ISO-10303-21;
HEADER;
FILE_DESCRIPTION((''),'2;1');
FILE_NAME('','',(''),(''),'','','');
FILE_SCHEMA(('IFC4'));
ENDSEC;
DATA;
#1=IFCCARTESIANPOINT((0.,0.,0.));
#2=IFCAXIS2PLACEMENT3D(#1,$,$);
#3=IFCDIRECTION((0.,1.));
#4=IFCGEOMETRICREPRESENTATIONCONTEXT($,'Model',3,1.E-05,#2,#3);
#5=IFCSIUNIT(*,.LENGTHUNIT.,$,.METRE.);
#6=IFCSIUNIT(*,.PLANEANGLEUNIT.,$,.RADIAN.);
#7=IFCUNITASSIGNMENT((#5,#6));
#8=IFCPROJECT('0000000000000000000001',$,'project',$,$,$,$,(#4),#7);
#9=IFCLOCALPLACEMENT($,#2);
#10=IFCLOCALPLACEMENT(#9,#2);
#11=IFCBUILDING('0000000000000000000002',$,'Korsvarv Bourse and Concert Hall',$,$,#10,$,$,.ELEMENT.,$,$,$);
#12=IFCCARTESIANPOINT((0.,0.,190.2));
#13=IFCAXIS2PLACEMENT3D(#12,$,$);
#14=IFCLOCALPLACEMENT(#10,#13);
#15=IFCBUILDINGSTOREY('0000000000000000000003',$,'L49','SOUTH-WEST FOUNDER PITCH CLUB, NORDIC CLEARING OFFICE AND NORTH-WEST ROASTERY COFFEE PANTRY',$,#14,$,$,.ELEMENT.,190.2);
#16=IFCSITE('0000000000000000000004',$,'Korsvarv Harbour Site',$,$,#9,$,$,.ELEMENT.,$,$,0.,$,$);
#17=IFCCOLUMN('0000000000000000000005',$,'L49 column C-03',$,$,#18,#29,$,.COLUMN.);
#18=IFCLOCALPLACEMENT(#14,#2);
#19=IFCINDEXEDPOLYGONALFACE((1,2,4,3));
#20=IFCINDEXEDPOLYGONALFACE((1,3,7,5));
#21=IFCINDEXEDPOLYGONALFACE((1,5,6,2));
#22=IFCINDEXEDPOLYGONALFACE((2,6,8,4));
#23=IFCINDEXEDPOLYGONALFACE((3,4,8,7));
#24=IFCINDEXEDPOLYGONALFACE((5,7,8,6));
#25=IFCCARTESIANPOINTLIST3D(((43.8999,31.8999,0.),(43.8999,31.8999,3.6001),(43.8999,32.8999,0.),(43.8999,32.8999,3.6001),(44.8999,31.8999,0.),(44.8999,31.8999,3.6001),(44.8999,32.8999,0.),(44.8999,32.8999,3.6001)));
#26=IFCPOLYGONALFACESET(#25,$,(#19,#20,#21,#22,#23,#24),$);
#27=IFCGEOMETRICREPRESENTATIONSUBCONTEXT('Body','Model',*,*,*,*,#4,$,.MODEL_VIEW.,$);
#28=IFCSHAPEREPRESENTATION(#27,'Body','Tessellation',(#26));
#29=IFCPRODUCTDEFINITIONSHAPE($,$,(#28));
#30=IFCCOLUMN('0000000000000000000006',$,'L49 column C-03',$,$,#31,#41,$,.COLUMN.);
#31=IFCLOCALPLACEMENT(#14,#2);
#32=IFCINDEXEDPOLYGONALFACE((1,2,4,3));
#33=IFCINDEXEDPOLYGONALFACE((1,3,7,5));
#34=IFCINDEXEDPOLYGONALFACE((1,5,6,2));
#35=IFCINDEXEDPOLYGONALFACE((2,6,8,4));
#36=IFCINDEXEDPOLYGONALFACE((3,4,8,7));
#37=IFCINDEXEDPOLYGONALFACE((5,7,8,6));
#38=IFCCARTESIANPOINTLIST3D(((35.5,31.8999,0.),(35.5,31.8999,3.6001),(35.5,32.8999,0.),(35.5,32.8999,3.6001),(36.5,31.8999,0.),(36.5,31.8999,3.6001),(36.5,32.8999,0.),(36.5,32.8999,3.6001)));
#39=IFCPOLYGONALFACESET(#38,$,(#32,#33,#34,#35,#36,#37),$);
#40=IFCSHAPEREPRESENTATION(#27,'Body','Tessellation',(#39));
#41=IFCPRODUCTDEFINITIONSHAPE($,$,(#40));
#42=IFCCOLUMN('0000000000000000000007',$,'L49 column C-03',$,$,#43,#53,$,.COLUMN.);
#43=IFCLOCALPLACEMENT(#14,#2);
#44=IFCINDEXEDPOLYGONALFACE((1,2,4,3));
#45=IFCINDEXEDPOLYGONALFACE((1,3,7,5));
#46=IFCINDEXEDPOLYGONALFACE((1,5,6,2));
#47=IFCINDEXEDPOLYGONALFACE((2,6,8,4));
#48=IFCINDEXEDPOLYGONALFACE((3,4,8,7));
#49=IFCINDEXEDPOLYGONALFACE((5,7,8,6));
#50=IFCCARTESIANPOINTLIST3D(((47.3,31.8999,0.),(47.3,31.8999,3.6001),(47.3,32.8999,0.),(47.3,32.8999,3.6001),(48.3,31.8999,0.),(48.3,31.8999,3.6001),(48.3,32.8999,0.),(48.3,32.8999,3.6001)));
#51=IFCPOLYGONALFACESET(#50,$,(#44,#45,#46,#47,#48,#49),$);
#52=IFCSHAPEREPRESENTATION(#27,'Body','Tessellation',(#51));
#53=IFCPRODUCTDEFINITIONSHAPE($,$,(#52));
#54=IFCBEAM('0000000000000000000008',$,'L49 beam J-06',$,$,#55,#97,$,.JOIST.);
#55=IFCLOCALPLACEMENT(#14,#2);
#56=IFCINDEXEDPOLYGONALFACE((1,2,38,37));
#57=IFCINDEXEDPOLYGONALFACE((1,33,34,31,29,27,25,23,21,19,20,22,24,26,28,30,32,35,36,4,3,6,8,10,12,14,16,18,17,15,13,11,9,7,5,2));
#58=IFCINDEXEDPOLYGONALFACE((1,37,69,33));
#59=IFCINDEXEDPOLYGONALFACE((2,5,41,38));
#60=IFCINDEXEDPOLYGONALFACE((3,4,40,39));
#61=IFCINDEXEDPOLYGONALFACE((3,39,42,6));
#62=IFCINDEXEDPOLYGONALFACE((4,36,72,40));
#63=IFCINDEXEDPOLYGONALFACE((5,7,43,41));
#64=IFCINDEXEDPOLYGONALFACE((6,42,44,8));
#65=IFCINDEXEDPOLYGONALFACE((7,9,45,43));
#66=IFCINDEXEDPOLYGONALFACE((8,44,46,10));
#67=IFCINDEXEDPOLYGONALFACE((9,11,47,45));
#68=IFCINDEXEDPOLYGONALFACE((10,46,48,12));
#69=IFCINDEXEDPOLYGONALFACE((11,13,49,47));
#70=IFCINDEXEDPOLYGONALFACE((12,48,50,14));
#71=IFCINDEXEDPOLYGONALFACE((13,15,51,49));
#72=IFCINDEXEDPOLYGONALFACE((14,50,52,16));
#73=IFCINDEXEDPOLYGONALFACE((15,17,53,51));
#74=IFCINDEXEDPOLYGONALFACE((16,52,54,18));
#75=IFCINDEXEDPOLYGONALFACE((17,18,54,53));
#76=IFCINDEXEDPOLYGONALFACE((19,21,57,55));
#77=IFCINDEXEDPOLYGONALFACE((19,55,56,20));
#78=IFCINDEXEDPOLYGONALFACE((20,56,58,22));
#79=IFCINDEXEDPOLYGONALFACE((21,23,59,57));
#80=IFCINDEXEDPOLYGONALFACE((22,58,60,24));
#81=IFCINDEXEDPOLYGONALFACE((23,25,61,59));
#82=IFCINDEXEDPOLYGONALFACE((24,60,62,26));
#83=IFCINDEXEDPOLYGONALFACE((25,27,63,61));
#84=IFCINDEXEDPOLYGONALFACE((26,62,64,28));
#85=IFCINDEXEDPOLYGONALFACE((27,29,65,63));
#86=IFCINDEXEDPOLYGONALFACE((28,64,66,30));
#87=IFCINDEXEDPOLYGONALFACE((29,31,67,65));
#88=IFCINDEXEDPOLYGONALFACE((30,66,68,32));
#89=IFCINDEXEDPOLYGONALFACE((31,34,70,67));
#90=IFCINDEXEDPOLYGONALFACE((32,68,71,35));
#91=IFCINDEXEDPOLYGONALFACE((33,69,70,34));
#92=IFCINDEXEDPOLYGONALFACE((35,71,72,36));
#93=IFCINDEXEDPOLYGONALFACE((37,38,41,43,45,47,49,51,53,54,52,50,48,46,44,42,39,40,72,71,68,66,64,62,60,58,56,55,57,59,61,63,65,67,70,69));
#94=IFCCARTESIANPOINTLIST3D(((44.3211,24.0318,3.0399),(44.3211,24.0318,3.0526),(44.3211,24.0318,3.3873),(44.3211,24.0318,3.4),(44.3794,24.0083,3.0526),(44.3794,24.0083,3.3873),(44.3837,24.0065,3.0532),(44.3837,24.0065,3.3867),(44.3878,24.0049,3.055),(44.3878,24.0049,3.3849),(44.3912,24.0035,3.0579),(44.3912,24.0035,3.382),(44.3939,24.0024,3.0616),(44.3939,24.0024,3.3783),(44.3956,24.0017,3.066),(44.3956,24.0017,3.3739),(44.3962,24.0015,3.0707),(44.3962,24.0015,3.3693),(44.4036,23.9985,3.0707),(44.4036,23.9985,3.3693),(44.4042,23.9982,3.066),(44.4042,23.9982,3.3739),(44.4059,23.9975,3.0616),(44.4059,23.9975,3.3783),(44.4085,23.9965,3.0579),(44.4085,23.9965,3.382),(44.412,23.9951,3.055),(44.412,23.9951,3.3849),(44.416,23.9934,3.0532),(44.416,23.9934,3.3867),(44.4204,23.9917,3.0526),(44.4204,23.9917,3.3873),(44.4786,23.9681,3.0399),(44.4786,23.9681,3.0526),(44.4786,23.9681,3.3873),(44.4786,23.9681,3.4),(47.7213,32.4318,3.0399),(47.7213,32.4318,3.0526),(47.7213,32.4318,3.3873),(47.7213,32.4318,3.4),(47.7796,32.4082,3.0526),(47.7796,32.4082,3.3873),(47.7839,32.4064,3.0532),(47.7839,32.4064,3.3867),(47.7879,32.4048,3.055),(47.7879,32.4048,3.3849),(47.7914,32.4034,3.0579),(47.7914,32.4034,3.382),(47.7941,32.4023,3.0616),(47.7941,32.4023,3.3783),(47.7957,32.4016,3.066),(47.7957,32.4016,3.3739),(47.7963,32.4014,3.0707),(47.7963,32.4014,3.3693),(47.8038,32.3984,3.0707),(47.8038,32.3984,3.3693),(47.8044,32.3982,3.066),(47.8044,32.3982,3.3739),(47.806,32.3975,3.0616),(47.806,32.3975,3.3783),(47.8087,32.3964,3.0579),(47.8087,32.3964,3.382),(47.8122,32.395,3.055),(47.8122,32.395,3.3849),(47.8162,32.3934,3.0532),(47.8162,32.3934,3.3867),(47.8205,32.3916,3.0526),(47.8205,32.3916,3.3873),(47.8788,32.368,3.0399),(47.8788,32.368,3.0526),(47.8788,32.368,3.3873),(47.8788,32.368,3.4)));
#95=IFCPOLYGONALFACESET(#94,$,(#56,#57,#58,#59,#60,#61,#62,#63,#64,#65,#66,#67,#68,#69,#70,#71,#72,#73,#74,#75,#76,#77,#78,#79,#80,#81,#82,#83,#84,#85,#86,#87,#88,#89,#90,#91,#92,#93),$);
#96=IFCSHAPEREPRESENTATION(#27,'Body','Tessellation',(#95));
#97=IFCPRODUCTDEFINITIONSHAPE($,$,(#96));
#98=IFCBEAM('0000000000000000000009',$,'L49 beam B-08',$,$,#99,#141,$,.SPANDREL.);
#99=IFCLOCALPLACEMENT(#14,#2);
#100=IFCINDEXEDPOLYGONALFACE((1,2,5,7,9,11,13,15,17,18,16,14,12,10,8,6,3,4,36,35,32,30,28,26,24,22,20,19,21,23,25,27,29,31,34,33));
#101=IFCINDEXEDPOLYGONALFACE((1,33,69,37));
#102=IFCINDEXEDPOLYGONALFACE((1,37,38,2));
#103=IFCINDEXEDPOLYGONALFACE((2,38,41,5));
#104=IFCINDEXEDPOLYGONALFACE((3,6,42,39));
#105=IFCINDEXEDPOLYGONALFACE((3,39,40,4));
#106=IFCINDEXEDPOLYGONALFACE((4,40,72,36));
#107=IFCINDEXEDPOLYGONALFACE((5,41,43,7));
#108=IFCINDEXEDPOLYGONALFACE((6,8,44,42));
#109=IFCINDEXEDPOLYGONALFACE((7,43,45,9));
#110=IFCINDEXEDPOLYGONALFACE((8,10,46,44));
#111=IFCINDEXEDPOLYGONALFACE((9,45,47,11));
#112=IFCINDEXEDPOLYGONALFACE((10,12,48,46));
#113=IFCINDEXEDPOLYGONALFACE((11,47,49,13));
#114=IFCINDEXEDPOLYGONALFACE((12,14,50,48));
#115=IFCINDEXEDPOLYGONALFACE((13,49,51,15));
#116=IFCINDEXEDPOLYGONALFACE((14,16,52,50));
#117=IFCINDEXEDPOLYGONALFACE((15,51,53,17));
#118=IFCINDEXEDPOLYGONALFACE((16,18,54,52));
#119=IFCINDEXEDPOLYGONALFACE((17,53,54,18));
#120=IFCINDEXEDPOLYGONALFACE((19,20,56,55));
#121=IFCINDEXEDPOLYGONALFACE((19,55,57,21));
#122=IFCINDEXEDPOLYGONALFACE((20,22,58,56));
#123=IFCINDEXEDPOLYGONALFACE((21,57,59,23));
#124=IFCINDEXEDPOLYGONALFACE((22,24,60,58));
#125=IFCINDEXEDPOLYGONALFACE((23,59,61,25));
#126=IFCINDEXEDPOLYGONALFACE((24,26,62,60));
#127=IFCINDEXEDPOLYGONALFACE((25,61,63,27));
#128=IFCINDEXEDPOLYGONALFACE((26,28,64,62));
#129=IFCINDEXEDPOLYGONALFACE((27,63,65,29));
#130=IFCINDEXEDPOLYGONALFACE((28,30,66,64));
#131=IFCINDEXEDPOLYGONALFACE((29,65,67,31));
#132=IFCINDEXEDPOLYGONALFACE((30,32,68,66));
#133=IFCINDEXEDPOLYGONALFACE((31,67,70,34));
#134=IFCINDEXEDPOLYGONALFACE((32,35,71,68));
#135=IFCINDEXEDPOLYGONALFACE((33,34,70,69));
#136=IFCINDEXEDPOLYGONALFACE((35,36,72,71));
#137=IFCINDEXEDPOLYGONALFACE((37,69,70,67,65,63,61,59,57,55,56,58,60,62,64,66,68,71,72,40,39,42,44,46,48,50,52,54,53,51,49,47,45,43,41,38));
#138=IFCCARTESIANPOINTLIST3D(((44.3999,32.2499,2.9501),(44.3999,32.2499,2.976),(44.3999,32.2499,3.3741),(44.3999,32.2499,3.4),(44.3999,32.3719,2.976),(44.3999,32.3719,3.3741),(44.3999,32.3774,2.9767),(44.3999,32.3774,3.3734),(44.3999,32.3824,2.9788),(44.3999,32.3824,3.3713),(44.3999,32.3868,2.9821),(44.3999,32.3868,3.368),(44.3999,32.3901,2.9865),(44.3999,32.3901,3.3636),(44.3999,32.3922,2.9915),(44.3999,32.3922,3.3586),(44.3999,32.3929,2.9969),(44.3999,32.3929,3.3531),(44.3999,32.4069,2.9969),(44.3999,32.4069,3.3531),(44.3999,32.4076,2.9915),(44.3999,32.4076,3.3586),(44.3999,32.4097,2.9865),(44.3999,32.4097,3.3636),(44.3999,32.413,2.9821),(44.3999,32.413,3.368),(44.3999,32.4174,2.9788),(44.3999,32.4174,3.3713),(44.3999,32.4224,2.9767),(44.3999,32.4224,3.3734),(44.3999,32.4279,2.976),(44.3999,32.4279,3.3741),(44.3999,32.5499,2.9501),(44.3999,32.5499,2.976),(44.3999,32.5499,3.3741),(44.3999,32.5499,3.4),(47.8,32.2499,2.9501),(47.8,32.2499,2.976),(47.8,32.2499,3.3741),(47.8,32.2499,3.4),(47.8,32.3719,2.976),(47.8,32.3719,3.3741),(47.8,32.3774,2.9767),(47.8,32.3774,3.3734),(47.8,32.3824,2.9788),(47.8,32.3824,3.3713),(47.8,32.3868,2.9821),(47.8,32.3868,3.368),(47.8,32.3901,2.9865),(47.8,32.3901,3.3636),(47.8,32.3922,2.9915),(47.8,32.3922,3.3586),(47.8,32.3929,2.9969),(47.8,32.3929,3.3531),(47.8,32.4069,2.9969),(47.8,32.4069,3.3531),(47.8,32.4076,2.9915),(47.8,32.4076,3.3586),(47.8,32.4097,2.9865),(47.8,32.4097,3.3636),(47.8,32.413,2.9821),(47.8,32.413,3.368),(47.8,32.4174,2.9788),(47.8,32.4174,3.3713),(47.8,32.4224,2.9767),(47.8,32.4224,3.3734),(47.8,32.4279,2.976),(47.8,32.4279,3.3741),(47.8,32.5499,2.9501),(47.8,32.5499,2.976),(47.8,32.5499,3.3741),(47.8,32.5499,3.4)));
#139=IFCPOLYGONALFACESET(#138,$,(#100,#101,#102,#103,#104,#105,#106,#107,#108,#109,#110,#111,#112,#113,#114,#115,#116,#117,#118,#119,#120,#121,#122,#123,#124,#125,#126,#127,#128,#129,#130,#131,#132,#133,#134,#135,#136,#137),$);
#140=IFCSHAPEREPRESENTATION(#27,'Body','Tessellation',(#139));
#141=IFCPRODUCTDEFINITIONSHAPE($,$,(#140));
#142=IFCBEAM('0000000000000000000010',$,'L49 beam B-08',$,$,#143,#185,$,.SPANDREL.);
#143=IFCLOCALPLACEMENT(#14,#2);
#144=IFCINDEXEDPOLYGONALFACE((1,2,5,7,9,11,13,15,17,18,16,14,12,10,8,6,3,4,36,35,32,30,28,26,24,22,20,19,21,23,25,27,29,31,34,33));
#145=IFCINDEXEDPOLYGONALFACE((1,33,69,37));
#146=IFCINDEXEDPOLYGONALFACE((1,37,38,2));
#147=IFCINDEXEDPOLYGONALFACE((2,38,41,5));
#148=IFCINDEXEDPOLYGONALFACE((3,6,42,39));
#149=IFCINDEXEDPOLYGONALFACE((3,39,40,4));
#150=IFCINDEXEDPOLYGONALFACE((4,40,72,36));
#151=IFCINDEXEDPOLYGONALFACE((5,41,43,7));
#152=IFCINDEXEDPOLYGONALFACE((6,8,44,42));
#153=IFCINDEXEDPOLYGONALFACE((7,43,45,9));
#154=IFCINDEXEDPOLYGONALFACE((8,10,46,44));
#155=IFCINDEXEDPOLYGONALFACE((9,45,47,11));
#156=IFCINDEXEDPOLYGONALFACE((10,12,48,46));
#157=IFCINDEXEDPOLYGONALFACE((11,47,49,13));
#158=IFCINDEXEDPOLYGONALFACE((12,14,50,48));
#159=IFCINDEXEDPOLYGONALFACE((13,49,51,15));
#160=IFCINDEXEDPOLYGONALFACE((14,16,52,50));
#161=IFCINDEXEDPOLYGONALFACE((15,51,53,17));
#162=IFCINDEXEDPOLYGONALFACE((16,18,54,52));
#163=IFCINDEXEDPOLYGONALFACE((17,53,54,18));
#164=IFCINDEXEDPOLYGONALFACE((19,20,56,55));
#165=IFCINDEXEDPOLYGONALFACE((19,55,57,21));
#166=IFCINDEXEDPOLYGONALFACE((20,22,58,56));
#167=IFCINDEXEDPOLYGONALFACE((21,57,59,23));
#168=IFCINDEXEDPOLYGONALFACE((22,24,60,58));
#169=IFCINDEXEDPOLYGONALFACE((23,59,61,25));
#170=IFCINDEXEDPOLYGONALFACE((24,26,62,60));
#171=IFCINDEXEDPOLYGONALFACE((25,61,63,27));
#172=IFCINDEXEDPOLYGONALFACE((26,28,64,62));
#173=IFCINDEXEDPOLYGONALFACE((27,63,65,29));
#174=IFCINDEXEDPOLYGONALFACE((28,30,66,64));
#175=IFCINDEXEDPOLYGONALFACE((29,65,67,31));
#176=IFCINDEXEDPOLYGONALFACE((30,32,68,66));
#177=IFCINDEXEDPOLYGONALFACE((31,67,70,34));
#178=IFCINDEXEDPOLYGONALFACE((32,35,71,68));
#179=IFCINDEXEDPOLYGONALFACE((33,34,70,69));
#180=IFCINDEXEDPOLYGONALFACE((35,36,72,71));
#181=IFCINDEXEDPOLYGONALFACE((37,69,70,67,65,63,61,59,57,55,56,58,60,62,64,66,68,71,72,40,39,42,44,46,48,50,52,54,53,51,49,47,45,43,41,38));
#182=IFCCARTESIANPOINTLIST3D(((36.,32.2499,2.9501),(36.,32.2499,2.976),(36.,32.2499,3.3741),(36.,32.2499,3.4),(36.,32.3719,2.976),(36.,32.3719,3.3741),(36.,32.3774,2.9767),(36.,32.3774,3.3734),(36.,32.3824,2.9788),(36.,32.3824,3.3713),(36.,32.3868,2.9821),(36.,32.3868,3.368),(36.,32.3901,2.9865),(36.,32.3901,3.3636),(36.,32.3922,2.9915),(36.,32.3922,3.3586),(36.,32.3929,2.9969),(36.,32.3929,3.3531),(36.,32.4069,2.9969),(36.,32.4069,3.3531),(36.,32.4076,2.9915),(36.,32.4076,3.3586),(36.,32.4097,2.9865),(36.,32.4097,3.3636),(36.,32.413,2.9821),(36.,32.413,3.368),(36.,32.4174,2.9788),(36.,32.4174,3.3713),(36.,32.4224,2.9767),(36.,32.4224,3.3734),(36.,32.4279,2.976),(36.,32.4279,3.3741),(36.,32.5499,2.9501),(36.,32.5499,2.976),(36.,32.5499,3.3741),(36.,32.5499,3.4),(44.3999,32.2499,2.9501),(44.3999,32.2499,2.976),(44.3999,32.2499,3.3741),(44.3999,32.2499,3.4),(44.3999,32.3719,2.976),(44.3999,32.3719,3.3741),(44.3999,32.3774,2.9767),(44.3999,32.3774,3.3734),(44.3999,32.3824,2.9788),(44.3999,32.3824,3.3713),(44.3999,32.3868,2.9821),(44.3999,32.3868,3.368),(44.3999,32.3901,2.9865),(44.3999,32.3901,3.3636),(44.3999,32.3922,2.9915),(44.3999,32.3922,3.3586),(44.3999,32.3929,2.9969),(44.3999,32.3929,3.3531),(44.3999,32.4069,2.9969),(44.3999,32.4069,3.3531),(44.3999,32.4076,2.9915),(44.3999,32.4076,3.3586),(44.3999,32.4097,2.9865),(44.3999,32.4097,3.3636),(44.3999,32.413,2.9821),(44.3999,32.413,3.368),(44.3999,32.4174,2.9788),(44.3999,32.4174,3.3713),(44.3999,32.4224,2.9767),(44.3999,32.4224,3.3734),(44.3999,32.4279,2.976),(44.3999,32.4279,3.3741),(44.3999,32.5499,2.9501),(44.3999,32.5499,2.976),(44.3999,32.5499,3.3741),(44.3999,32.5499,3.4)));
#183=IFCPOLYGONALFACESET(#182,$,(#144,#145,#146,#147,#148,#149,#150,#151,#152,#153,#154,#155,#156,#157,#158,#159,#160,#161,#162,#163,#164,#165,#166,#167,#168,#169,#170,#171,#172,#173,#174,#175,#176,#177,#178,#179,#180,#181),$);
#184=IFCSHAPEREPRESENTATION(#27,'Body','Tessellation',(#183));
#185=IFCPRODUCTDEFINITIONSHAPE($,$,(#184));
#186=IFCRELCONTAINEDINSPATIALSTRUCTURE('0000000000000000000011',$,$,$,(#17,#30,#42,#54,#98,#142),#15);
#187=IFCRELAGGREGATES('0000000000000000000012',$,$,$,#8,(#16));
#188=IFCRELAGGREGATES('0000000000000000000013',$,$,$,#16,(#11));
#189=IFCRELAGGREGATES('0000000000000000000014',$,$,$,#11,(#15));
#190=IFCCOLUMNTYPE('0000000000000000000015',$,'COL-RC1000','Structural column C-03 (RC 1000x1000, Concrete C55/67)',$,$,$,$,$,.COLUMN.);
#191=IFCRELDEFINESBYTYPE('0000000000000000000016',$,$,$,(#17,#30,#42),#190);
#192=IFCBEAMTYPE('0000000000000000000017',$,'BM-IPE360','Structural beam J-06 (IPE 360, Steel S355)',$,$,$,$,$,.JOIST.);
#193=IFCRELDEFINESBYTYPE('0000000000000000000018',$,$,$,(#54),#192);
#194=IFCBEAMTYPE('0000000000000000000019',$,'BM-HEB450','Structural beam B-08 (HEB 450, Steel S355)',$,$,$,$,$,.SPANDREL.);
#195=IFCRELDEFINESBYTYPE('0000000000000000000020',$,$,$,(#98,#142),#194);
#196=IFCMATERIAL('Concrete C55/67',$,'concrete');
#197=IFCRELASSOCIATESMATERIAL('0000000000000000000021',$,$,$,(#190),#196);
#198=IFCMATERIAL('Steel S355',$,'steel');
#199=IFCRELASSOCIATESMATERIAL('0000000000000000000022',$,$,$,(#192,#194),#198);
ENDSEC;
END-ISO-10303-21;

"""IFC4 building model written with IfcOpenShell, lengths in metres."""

from ifc_helpers import new_model, si_unit, direction, frame, origin, origin_2d, place, context, subcontext, project, spatial, rectangle, i_section, extrude, source, transform, mapped, material, material_profile, profile_set, type_object, element, save


model = new_model("IFC4")

# Units and contexts
model_context = context("Model", 3, precision=1e-05, world=origin(), true_north=direction((0.0, 1.0)))
body_context = subcontext(model_context, "Body", "Model", "MODEL_VIEW")
ifc_project = project(units=[si_unit("LENGTHUNIT", "METRE"), si_unit("PLANEANGLEUNIT", "RADIAN")], contexts=[model_context])

# Site, building, storey
site_placement = place(None, origin())
site = spatial("IfcSite", under=ifc_project, at=site_placement, Name="Korsvarv Harbour Site", CompositionType="ELEMENT", RefElevation=0.0)
building_placement = place(site_placement, origin())
building = spatial("IfcBuilding", under=site, at=building_placement, Name="Korsvarv Bourse and Concert Hall", CompositionType="ELEMENT")
storey_placement = place(building_placement, frame((0.0, 0.0, 190.2)))
storey = spatial("IfcBuildingStorey", under=building, at=storey_placement, Name="L49", Description="SOUTH-WEST FOUNDER PITCH CLUB, NORDIC CLEARING OFFICE AND NORTH-WEST ROASTERY COFFEE PANTRY", CompositionType="ELEMENT", Elevation=190.2)

# Columns
ifc_material_1 = material(Name="Concrete C55/67", Category="concrete")
ifc_material_profile_1 = material_profile(ifc_material_1, rectangle(XDim=1.0, YDim=1.0, at=origin_2d()), Name="RC 1000x1000")
ifc_profile_set_1 = profile_set([ifc_material_profile_1], Name="Concrete C55/67")
column_type = type_object("IfcColumnType", Name="COL-RC1000", Description="Structural column C-03 (RC 1000x1000, Concrete C55/67)", PredefinedType="COLUMN", material=ifc_profile_set_1)
shared_shape_1 = source(origin(), body_context, "Body", "SweptSolid", [
    extrude(rectangle(XDim=1.0, YDim=1.0, at=origin_2d()), origin(), (0.0, 0.0, 1.0), 3.6001),
])
for number, where, z_axis, x_axis, name in (
    (1, (44.3999, 32.3999, 0.0), (0.0, 0.0, 1.0), (1.0, 0.0, 0.0), "L49 column C-03"),
    (2, (36.0, 32.3999, 0.0), (0.0, 0.0, 1.0), (1.0, 0.0, 0.0), "L49 column C-03"),
    (3, (47.8, 32.3999, 0.0), (0.0, 0.0, 1.0), (1.0, 0.0, 0.0), "L49 column C-03"),
):
    element("IfcColumn", number, at=place(storey_placement, frame(where, z_axis=z_axis, x_axis=x_axis)), inside=storey, type_object=column_type, Name=name, PredefinedType="COLUMN", context=body_context, shape_type="MappedRepresentation", body=[
        mapped(shared_shape_1, transform((0.0, 0.0, 0.0), scale=1.0)),
    ])

# Beams
ifc_material_2 = material(Name="Steel S355", Category="steel")
ifc_material_profile_2 = material_profile(ifc_material_2, i_section(OverallWidth=0.1699, OverallDepth=0.3601, WebThickness=0.0081, FlangeThickness=0.0127, FilletRadius=0.0181, at=origin_2d()), Name="IPE 360")
ifc_profile_set_2 = profile_set([ifc_material_profile_2], Name="Steel S355")
beam_type_1 = type_object("IfcBeamType", Name="BM-IPE360", Description="Structural beam J-06 (IPE 360, Steel S355)", PredefinedType="JOIST", material=ifc_profile_set_2)
shared_shape_2 = source(origin(), body_context, "Body", "SweptSolid", [
    extrude(i_section(OverallWidth=0.1699, OverallDepth=0.3601, WebThickness=0.0081, FlangeThickness=0.0127, FilletRadius=0.0181, at=origin_2d()), origin(), (0.0, 0.0, 1.0), 9.062),
])
beam_1_placement = place(storey_placement, frame((47.8, 32.3999, 3.22), z_axis=(-0.37521, -0.92694, 0.0), x_axis=(0.92694, -0.37521, 0.0)))
element("IfcBeam", 4, at=beam_1_placement, inside=storey, type_object=beam_type_1, Name="L49 beam J-06", PredefinedType="JOIST", context=body_context, shape_type="MappedRepresentation", body=[
    mapped(shared_shape_2, transform((0.0, 0.0, 0.0), scale=1.0)),
])
ifc_material_profile_3 = material_profile(ifc_material_2, i_section(OverallWidth=0.3, OverallDepth=0.45, WebThickness=0.0139, FlangeThickness=0.0259, FilletRadius=0.021, at=origin_2d()), Name="HEB 450")
ifc_profile_set_3 = profile_set([ifc_material_profile_3], Name="Steel S355")
beam_type_2 = type_object("IfcBeamType", Name="BM-HEB450", Description="Structural beam B-08 (HEB 450, Steel S355)", PredefinedType="SPANDREL", material=ifc_profile_set_3)
shared_shape_3 = source(origin(), body_context, "Body", "SweptSolid", [
    extrude(i_section(OverallWidth=0.3, OverallDepth=0.45, WebThickness=0.0139, FlangeThickness=0.0259, FilletRadius=0.021, at=origin_2d()), origin(), (0.0, 0.0, 1.0), 3.4001),
])
beam_2_placement = place(storey_placement, frame((44.3999, 32.3999, 3.175), z_axis=(1.0, 0.0, 0.0), x_axis=(0.0, 1.0, 0.0)))
element("IfcBeam", 5, at=beam_2_placement, inside=storey, type_object=beam_type_2, Name="L49 beam B-08", PredefinedType="SPANDREL", context=body_context, shape_type="MappedRepresentation", body=[
    mapped(shared_shape_3, transform((0.0, 0.0, 0.0), scale=1.0)),
])
shared_shape_4 = source(origin(), body_context, "Body", "SweptSolid", [
    extrude(i_section(OverallWidth=0.3, OverallDepth=0.45, WebThickness=0.0139, FlangeThickness=0.0259, FilletRadius=0.021, at=origin_2d()), origin(), (0.0, 0.0, 1.0), 8.3999),
])
beam_3_placement = place(storey_placement, frame((36.0, 32.3999, 3.175), z_axis=(1.0, 0.0, 0.0), x_axis=(0.0, 1.0, 0.0)))
element("IfcBeam", 6, at=beam_3_placement, inside=storey, type_object=beam_type_2, Name="L49 beam B-08", PredefinedType="SPANDREL", context=body_context, shape_type="MappedRepresentation", body=[
    mapped(shared_shape_4, transform((0.0, 0.0, 0.0), scale=1.0)),
])

save(model, "model.ifc")
